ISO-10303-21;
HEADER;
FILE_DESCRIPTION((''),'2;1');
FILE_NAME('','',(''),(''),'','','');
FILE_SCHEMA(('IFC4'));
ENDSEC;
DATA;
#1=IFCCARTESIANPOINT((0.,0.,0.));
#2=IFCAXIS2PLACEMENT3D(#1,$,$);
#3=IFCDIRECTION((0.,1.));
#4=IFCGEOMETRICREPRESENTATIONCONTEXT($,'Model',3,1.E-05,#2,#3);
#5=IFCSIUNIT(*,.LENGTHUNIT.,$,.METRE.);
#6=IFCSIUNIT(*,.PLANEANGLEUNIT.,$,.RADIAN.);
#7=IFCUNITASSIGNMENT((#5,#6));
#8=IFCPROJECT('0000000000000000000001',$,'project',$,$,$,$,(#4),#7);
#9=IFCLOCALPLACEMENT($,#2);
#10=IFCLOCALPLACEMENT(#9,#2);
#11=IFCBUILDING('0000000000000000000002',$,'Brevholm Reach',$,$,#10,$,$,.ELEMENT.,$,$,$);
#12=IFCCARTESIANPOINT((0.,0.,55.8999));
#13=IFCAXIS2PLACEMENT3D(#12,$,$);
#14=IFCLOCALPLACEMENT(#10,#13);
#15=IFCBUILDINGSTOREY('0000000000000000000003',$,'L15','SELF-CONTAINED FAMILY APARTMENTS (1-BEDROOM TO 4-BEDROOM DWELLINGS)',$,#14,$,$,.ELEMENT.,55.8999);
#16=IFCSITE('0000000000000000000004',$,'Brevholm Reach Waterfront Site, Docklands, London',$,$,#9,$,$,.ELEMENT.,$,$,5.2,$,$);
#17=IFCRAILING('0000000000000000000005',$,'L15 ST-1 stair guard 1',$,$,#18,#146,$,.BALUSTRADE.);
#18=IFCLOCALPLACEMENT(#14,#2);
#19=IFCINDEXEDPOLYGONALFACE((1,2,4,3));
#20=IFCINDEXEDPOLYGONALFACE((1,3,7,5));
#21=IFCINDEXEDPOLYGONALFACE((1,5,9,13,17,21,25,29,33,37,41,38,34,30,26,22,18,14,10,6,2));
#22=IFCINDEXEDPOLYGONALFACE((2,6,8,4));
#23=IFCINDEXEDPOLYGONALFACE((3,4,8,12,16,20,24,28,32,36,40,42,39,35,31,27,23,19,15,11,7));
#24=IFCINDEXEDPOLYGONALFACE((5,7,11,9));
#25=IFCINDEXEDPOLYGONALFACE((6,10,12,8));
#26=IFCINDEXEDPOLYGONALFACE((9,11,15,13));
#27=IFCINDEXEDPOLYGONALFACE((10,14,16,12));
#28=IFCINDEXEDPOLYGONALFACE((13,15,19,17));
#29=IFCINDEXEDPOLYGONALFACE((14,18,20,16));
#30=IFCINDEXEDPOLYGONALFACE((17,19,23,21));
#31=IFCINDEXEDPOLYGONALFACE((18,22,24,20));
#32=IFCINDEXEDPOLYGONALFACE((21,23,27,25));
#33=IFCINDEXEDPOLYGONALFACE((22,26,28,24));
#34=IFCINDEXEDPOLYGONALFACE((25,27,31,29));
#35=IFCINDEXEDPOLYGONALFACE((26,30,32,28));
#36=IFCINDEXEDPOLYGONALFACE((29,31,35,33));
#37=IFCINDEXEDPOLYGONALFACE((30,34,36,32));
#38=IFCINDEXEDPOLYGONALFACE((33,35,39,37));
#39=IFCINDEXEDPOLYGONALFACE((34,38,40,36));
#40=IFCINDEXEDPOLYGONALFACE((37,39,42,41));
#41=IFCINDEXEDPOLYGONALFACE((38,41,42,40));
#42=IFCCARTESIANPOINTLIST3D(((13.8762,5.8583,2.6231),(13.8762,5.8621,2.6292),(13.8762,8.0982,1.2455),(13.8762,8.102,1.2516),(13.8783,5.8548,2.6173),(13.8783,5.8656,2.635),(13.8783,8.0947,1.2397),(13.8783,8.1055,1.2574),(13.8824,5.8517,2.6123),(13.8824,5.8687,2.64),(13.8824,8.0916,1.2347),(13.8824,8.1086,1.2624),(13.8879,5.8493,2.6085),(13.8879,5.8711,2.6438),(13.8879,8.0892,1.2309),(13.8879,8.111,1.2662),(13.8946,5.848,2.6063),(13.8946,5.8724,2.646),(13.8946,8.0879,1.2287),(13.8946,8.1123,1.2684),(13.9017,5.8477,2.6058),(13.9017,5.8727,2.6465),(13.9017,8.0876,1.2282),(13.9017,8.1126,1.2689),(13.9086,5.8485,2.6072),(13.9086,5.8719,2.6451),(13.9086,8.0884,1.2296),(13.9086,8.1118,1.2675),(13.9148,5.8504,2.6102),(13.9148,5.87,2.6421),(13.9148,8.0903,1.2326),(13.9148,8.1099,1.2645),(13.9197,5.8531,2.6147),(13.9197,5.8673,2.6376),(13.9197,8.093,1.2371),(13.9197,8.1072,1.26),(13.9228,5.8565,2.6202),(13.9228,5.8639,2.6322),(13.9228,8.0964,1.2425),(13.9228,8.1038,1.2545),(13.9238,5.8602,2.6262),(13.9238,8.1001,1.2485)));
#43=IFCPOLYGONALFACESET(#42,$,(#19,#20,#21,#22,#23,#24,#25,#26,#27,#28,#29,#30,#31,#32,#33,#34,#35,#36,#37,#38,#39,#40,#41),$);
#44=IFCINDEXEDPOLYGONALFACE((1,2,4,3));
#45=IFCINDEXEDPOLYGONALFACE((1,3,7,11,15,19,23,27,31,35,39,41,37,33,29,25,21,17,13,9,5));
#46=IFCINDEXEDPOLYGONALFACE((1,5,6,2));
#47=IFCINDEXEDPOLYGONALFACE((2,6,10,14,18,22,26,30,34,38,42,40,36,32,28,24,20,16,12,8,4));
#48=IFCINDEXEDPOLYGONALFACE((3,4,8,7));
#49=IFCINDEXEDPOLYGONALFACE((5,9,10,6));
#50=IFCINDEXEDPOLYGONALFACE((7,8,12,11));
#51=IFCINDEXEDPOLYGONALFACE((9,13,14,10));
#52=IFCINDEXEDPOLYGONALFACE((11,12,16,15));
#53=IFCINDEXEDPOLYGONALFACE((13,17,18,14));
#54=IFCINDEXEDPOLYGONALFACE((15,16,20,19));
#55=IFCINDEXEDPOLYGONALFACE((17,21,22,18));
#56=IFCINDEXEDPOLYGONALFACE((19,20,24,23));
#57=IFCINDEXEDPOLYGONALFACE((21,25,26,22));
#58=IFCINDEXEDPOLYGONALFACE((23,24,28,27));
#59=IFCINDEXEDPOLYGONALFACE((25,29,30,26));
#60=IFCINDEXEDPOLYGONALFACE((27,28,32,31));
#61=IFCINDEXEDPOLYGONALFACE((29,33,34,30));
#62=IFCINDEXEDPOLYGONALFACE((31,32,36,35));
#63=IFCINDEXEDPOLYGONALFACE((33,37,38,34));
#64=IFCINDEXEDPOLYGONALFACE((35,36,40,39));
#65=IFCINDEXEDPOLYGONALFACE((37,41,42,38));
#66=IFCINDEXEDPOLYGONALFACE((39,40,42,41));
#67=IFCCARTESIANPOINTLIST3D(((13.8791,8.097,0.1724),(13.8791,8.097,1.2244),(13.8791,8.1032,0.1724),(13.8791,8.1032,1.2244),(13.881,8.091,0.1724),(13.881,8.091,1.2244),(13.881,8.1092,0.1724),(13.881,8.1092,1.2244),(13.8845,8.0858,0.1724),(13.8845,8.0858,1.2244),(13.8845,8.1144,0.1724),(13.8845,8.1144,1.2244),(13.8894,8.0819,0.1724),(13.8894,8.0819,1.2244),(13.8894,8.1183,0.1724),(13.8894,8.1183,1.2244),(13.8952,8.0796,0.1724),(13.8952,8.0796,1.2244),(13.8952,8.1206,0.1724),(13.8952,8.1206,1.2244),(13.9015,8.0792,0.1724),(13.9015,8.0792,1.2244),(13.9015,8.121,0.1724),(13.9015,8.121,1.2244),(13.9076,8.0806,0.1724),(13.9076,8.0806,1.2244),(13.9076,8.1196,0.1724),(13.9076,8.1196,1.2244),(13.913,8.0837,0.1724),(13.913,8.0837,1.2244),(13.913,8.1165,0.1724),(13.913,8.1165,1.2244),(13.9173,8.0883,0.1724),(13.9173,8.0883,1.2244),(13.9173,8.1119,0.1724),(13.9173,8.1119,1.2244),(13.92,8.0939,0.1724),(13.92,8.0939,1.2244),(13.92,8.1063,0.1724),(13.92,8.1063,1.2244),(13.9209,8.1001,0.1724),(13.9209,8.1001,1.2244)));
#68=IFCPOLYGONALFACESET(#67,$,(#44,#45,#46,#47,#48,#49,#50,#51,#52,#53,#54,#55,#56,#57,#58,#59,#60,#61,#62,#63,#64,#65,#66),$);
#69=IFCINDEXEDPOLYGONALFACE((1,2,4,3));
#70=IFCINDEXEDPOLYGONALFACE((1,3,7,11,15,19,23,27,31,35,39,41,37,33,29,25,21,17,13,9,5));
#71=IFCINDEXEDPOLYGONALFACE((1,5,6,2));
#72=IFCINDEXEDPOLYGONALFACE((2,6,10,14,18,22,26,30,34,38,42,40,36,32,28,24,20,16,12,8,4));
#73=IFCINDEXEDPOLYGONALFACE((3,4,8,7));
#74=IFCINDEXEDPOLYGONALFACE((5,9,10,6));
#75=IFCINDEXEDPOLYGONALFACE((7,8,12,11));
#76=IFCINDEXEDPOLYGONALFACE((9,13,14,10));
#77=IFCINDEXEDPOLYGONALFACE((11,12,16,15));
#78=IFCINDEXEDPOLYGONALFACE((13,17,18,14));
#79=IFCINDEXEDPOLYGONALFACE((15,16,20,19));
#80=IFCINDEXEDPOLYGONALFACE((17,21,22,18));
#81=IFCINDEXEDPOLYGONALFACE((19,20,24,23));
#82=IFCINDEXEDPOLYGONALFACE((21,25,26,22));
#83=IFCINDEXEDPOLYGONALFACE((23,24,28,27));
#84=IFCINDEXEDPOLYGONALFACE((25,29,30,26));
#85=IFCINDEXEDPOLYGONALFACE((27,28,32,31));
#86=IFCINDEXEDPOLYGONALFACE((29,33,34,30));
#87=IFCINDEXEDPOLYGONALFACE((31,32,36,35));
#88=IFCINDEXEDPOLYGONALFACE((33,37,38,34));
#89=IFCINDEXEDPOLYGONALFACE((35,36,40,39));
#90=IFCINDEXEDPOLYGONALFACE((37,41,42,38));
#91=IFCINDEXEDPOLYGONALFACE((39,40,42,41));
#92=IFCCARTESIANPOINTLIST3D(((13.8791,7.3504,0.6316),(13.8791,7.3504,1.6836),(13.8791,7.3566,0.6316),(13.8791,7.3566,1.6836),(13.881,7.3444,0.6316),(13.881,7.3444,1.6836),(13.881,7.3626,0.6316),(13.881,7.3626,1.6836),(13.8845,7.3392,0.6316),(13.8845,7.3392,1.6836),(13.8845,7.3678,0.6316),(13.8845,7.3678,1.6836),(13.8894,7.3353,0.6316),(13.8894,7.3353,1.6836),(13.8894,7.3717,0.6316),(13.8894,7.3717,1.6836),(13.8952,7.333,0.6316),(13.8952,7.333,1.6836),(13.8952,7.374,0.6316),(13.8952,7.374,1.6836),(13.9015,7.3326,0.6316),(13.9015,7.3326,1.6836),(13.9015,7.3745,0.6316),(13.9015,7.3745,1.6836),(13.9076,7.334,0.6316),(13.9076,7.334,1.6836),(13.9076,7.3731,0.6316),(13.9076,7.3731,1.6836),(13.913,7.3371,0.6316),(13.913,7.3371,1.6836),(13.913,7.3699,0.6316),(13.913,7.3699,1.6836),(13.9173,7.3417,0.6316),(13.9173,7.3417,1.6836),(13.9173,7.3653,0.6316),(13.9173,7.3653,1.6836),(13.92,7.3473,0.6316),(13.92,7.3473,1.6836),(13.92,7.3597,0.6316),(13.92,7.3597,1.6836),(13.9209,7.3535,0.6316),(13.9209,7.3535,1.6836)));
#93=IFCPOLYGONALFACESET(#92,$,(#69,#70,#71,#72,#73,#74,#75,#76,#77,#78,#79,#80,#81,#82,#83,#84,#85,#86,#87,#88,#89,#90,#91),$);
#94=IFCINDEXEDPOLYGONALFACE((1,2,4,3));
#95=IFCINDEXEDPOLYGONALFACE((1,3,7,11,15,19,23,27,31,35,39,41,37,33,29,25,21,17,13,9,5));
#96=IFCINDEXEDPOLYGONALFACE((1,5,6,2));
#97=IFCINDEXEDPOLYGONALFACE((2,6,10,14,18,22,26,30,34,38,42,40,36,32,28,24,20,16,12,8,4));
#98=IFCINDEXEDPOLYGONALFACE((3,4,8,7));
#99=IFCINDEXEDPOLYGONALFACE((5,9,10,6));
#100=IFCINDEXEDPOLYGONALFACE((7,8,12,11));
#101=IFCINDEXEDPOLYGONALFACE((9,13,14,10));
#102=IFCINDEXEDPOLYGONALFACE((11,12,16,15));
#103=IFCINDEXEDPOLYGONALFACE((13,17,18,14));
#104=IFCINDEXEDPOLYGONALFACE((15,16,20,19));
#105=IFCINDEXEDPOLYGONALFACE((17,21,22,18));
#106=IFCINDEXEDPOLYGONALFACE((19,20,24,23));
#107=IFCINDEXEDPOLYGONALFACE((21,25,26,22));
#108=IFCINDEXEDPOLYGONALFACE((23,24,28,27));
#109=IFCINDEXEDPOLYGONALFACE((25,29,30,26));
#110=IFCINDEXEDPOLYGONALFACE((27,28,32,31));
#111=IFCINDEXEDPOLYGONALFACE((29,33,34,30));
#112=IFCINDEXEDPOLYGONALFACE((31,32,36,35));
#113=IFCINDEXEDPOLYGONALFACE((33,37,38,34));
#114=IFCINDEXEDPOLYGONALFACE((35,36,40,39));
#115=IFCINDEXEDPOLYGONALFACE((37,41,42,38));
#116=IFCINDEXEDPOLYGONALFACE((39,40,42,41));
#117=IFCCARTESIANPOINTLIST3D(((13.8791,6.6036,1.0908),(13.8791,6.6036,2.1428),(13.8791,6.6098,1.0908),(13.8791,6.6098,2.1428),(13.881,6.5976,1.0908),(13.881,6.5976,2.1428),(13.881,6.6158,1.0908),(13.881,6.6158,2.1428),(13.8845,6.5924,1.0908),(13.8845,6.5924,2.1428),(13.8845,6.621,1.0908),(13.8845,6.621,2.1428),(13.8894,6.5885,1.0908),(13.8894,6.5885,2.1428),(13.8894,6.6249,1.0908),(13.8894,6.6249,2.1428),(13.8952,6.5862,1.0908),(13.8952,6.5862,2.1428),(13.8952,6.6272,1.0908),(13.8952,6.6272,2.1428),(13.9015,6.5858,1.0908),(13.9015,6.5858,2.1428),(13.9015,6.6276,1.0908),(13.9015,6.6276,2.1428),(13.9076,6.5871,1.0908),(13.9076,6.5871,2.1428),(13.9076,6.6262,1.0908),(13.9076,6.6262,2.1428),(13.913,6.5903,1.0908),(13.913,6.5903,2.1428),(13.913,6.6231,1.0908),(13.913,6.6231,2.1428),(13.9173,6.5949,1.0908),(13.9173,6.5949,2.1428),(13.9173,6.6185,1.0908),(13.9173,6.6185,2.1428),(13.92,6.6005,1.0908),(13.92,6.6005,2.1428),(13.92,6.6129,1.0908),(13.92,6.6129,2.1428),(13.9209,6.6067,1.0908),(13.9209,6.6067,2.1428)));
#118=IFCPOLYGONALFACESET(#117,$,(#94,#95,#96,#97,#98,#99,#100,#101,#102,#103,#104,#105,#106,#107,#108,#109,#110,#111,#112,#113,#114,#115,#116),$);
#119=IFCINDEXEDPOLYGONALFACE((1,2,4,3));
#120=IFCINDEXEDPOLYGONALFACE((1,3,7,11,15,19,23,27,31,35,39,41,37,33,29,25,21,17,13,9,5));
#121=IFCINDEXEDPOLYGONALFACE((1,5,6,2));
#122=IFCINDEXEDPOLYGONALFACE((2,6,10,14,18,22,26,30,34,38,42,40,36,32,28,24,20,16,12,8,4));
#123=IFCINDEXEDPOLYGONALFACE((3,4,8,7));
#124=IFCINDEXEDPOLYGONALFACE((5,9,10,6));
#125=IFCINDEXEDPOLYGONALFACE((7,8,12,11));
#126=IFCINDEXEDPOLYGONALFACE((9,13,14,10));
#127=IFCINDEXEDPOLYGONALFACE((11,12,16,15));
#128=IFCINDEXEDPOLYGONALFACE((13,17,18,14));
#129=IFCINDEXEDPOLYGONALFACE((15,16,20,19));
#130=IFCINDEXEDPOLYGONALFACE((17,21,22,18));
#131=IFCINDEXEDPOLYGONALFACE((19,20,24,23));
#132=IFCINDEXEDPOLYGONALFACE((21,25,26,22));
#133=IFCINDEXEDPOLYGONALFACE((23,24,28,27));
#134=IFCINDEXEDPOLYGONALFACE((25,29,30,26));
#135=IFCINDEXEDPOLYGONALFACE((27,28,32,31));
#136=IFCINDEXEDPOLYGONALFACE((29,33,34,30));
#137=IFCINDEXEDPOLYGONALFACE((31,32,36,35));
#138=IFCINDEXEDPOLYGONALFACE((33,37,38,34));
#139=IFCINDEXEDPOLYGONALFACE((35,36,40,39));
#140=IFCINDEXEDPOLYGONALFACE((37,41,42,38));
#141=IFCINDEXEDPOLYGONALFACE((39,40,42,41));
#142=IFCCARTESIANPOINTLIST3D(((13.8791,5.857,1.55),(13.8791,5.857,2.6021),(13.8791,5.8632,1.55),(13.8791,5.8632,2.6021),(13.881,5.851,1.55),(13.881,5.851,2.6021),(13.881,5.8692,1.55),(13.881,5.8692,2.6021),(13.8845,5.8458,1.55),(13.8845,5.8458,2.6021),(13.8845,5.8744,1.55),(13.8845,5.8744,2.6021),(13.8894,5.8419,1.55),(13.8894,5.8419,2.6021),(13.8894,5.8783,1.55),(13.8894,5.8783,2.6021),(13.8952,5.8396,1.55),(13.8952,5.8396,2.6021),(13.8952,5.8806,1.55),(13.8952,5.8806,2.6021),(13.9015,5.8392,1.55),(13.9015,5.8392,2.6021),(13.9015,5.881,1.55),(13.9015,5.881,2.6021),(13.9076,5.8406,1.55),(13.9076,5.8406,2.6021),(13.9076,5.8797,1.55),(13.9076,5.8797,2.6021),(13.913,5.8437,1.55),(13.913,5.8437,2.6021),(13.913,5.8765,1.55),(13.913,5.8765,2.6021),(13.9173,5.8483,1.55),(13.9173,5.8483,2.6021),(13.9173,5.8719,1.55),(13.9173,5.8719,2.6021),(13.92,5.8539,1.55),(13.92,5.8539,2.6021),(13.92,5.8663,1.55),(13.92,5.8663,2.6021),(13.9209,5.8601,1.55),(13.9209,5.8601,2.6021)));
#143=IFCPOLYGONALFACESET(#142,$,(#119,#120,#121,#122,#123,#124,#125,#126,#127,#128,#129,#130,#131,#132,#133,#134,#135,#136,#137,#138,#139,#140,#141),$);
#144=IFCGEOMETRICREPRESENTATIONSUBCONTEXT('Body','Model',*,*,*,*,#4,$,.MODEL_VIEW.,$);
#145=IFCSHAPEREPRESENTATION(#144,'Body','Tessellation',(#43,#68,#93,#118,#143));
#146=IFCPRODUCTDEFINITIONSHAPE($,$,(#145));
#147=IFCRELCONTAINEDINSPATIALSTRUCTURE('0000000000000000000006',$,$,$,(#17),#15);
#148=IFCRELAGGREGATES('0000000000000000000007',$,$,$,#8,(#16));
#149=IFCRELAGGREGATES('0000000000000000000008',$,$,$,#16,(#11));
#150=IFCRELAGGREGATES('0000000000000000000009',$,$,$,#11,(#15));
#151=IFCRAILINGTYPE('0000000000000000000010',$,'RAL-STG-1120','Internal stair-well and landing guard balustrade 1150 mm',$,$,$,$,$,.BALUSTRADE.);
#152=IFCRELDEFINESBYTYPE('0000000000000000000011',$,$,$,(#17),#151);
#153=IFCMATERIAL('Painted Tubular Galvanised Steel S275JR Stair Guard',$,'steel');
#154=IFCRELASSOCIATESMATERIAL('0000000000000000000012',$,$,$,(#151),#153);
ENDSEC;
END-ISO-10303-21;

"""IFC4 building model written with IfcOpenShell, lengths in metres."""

from ifc_helpers import new_model, si_unit, direction, frame, origin, origin_2d, place, context, subcontext, project, spatial, circle, extrude, material, type_object, element, save


model = new_model("IFC4")

# Units and contexts
model_context = context("Model", 3, precision=1e-05, world=origin(), true_north=direction((0.0, 1.0)))
body_context = subcontext(model_context, "Body", "Model", "MODEL_VIEW")
ifc_project = project(units=[si_unit("LENGTHUNIT", "METRE"), si_unit("PLANEANGLEUNIT", "RADIAN")], contexts=[model_context])

# Site, building, storey
site_placement = place(None, origin())
site = spatial("IfcSite", under=ifc_project, at=site_placement, Name="Brevholm Reach Waterfront Site, Docklands, London", CompositionType="ELEMENT", RefElevation=5.2)
building_placement = place(site_placement, origin())
building = spatial("IfcBuilding", under=site, at=building_placement, Name="Brevholm Reach", CompositionType="ELEMENT")
storey_placement = place(building_placement, frame((0.0, 0.0, 55.8999)))
storey = spatial("IfcBuildingStorey", under=building, at=storey_placement, Name="L15", Description="SELF-CONTAINED FAMILY APARTMENTS (1-BEDROOM TO 4-BEDROOM DWELLINGS)", CompositionType="ELEMENT", Elevation=55.8999)

# Railing
ifc_material_1 = material(Name="Painted Tubular Galvanised Steel S275JR Stair Guard", Category="steel")
railing_type = type_object("IfcRailingType", Name="RAL-STG-1120", Description="Internal stair-well and landing guard balustrade 1150 mm", PredefinedType="BALUSTRADE", material=ifc_material_1)
railing_1_placement = place(storey_placement, frame((13.8999, 8.1001, 0.1724)))
element("IfcRailing", 1, at=railing_1_placement, inside=storey, type_object=railing_type, Name="L15 ST-1 stair guard 1", PredefinedType="BALUSTRADE", context=body_context, shape_type="SweptSolid", body=[
    extrude(circle(Radius=0.0239, at=origin_2d()), frame((0.0, 0.0, 1.0762), z_axis=(0.0, -0.851789, 0.523885), x_axis=(1.0, 0.0, 0.0)), (0.0, 0.0, 1.0), 2.6296),
    extrude(circle(Radius=0.021, at=origin_2d()), origin(), (0.0, 0.0, 1.0), 1.052),
    extrude(circle(Radius=0.021, at=origin_2d()), frame((0.0, -0.7466, 0.4592)), (0.0, 0.0, 1.0), 1.052),
    extrude(circle(Radius=0.021, at=origin_2d()), frame((0.0, -1.4934, 0.9185)), (0.0, 0.0, 1.0), 1.052),
    extrude(circle(Radius=0.021, at=origin_2d()), frame((0.0, -2.24, 1.3777)), (0.0, 0.0, 1.0), 1.052),
])

save(model, "model.ifc")
